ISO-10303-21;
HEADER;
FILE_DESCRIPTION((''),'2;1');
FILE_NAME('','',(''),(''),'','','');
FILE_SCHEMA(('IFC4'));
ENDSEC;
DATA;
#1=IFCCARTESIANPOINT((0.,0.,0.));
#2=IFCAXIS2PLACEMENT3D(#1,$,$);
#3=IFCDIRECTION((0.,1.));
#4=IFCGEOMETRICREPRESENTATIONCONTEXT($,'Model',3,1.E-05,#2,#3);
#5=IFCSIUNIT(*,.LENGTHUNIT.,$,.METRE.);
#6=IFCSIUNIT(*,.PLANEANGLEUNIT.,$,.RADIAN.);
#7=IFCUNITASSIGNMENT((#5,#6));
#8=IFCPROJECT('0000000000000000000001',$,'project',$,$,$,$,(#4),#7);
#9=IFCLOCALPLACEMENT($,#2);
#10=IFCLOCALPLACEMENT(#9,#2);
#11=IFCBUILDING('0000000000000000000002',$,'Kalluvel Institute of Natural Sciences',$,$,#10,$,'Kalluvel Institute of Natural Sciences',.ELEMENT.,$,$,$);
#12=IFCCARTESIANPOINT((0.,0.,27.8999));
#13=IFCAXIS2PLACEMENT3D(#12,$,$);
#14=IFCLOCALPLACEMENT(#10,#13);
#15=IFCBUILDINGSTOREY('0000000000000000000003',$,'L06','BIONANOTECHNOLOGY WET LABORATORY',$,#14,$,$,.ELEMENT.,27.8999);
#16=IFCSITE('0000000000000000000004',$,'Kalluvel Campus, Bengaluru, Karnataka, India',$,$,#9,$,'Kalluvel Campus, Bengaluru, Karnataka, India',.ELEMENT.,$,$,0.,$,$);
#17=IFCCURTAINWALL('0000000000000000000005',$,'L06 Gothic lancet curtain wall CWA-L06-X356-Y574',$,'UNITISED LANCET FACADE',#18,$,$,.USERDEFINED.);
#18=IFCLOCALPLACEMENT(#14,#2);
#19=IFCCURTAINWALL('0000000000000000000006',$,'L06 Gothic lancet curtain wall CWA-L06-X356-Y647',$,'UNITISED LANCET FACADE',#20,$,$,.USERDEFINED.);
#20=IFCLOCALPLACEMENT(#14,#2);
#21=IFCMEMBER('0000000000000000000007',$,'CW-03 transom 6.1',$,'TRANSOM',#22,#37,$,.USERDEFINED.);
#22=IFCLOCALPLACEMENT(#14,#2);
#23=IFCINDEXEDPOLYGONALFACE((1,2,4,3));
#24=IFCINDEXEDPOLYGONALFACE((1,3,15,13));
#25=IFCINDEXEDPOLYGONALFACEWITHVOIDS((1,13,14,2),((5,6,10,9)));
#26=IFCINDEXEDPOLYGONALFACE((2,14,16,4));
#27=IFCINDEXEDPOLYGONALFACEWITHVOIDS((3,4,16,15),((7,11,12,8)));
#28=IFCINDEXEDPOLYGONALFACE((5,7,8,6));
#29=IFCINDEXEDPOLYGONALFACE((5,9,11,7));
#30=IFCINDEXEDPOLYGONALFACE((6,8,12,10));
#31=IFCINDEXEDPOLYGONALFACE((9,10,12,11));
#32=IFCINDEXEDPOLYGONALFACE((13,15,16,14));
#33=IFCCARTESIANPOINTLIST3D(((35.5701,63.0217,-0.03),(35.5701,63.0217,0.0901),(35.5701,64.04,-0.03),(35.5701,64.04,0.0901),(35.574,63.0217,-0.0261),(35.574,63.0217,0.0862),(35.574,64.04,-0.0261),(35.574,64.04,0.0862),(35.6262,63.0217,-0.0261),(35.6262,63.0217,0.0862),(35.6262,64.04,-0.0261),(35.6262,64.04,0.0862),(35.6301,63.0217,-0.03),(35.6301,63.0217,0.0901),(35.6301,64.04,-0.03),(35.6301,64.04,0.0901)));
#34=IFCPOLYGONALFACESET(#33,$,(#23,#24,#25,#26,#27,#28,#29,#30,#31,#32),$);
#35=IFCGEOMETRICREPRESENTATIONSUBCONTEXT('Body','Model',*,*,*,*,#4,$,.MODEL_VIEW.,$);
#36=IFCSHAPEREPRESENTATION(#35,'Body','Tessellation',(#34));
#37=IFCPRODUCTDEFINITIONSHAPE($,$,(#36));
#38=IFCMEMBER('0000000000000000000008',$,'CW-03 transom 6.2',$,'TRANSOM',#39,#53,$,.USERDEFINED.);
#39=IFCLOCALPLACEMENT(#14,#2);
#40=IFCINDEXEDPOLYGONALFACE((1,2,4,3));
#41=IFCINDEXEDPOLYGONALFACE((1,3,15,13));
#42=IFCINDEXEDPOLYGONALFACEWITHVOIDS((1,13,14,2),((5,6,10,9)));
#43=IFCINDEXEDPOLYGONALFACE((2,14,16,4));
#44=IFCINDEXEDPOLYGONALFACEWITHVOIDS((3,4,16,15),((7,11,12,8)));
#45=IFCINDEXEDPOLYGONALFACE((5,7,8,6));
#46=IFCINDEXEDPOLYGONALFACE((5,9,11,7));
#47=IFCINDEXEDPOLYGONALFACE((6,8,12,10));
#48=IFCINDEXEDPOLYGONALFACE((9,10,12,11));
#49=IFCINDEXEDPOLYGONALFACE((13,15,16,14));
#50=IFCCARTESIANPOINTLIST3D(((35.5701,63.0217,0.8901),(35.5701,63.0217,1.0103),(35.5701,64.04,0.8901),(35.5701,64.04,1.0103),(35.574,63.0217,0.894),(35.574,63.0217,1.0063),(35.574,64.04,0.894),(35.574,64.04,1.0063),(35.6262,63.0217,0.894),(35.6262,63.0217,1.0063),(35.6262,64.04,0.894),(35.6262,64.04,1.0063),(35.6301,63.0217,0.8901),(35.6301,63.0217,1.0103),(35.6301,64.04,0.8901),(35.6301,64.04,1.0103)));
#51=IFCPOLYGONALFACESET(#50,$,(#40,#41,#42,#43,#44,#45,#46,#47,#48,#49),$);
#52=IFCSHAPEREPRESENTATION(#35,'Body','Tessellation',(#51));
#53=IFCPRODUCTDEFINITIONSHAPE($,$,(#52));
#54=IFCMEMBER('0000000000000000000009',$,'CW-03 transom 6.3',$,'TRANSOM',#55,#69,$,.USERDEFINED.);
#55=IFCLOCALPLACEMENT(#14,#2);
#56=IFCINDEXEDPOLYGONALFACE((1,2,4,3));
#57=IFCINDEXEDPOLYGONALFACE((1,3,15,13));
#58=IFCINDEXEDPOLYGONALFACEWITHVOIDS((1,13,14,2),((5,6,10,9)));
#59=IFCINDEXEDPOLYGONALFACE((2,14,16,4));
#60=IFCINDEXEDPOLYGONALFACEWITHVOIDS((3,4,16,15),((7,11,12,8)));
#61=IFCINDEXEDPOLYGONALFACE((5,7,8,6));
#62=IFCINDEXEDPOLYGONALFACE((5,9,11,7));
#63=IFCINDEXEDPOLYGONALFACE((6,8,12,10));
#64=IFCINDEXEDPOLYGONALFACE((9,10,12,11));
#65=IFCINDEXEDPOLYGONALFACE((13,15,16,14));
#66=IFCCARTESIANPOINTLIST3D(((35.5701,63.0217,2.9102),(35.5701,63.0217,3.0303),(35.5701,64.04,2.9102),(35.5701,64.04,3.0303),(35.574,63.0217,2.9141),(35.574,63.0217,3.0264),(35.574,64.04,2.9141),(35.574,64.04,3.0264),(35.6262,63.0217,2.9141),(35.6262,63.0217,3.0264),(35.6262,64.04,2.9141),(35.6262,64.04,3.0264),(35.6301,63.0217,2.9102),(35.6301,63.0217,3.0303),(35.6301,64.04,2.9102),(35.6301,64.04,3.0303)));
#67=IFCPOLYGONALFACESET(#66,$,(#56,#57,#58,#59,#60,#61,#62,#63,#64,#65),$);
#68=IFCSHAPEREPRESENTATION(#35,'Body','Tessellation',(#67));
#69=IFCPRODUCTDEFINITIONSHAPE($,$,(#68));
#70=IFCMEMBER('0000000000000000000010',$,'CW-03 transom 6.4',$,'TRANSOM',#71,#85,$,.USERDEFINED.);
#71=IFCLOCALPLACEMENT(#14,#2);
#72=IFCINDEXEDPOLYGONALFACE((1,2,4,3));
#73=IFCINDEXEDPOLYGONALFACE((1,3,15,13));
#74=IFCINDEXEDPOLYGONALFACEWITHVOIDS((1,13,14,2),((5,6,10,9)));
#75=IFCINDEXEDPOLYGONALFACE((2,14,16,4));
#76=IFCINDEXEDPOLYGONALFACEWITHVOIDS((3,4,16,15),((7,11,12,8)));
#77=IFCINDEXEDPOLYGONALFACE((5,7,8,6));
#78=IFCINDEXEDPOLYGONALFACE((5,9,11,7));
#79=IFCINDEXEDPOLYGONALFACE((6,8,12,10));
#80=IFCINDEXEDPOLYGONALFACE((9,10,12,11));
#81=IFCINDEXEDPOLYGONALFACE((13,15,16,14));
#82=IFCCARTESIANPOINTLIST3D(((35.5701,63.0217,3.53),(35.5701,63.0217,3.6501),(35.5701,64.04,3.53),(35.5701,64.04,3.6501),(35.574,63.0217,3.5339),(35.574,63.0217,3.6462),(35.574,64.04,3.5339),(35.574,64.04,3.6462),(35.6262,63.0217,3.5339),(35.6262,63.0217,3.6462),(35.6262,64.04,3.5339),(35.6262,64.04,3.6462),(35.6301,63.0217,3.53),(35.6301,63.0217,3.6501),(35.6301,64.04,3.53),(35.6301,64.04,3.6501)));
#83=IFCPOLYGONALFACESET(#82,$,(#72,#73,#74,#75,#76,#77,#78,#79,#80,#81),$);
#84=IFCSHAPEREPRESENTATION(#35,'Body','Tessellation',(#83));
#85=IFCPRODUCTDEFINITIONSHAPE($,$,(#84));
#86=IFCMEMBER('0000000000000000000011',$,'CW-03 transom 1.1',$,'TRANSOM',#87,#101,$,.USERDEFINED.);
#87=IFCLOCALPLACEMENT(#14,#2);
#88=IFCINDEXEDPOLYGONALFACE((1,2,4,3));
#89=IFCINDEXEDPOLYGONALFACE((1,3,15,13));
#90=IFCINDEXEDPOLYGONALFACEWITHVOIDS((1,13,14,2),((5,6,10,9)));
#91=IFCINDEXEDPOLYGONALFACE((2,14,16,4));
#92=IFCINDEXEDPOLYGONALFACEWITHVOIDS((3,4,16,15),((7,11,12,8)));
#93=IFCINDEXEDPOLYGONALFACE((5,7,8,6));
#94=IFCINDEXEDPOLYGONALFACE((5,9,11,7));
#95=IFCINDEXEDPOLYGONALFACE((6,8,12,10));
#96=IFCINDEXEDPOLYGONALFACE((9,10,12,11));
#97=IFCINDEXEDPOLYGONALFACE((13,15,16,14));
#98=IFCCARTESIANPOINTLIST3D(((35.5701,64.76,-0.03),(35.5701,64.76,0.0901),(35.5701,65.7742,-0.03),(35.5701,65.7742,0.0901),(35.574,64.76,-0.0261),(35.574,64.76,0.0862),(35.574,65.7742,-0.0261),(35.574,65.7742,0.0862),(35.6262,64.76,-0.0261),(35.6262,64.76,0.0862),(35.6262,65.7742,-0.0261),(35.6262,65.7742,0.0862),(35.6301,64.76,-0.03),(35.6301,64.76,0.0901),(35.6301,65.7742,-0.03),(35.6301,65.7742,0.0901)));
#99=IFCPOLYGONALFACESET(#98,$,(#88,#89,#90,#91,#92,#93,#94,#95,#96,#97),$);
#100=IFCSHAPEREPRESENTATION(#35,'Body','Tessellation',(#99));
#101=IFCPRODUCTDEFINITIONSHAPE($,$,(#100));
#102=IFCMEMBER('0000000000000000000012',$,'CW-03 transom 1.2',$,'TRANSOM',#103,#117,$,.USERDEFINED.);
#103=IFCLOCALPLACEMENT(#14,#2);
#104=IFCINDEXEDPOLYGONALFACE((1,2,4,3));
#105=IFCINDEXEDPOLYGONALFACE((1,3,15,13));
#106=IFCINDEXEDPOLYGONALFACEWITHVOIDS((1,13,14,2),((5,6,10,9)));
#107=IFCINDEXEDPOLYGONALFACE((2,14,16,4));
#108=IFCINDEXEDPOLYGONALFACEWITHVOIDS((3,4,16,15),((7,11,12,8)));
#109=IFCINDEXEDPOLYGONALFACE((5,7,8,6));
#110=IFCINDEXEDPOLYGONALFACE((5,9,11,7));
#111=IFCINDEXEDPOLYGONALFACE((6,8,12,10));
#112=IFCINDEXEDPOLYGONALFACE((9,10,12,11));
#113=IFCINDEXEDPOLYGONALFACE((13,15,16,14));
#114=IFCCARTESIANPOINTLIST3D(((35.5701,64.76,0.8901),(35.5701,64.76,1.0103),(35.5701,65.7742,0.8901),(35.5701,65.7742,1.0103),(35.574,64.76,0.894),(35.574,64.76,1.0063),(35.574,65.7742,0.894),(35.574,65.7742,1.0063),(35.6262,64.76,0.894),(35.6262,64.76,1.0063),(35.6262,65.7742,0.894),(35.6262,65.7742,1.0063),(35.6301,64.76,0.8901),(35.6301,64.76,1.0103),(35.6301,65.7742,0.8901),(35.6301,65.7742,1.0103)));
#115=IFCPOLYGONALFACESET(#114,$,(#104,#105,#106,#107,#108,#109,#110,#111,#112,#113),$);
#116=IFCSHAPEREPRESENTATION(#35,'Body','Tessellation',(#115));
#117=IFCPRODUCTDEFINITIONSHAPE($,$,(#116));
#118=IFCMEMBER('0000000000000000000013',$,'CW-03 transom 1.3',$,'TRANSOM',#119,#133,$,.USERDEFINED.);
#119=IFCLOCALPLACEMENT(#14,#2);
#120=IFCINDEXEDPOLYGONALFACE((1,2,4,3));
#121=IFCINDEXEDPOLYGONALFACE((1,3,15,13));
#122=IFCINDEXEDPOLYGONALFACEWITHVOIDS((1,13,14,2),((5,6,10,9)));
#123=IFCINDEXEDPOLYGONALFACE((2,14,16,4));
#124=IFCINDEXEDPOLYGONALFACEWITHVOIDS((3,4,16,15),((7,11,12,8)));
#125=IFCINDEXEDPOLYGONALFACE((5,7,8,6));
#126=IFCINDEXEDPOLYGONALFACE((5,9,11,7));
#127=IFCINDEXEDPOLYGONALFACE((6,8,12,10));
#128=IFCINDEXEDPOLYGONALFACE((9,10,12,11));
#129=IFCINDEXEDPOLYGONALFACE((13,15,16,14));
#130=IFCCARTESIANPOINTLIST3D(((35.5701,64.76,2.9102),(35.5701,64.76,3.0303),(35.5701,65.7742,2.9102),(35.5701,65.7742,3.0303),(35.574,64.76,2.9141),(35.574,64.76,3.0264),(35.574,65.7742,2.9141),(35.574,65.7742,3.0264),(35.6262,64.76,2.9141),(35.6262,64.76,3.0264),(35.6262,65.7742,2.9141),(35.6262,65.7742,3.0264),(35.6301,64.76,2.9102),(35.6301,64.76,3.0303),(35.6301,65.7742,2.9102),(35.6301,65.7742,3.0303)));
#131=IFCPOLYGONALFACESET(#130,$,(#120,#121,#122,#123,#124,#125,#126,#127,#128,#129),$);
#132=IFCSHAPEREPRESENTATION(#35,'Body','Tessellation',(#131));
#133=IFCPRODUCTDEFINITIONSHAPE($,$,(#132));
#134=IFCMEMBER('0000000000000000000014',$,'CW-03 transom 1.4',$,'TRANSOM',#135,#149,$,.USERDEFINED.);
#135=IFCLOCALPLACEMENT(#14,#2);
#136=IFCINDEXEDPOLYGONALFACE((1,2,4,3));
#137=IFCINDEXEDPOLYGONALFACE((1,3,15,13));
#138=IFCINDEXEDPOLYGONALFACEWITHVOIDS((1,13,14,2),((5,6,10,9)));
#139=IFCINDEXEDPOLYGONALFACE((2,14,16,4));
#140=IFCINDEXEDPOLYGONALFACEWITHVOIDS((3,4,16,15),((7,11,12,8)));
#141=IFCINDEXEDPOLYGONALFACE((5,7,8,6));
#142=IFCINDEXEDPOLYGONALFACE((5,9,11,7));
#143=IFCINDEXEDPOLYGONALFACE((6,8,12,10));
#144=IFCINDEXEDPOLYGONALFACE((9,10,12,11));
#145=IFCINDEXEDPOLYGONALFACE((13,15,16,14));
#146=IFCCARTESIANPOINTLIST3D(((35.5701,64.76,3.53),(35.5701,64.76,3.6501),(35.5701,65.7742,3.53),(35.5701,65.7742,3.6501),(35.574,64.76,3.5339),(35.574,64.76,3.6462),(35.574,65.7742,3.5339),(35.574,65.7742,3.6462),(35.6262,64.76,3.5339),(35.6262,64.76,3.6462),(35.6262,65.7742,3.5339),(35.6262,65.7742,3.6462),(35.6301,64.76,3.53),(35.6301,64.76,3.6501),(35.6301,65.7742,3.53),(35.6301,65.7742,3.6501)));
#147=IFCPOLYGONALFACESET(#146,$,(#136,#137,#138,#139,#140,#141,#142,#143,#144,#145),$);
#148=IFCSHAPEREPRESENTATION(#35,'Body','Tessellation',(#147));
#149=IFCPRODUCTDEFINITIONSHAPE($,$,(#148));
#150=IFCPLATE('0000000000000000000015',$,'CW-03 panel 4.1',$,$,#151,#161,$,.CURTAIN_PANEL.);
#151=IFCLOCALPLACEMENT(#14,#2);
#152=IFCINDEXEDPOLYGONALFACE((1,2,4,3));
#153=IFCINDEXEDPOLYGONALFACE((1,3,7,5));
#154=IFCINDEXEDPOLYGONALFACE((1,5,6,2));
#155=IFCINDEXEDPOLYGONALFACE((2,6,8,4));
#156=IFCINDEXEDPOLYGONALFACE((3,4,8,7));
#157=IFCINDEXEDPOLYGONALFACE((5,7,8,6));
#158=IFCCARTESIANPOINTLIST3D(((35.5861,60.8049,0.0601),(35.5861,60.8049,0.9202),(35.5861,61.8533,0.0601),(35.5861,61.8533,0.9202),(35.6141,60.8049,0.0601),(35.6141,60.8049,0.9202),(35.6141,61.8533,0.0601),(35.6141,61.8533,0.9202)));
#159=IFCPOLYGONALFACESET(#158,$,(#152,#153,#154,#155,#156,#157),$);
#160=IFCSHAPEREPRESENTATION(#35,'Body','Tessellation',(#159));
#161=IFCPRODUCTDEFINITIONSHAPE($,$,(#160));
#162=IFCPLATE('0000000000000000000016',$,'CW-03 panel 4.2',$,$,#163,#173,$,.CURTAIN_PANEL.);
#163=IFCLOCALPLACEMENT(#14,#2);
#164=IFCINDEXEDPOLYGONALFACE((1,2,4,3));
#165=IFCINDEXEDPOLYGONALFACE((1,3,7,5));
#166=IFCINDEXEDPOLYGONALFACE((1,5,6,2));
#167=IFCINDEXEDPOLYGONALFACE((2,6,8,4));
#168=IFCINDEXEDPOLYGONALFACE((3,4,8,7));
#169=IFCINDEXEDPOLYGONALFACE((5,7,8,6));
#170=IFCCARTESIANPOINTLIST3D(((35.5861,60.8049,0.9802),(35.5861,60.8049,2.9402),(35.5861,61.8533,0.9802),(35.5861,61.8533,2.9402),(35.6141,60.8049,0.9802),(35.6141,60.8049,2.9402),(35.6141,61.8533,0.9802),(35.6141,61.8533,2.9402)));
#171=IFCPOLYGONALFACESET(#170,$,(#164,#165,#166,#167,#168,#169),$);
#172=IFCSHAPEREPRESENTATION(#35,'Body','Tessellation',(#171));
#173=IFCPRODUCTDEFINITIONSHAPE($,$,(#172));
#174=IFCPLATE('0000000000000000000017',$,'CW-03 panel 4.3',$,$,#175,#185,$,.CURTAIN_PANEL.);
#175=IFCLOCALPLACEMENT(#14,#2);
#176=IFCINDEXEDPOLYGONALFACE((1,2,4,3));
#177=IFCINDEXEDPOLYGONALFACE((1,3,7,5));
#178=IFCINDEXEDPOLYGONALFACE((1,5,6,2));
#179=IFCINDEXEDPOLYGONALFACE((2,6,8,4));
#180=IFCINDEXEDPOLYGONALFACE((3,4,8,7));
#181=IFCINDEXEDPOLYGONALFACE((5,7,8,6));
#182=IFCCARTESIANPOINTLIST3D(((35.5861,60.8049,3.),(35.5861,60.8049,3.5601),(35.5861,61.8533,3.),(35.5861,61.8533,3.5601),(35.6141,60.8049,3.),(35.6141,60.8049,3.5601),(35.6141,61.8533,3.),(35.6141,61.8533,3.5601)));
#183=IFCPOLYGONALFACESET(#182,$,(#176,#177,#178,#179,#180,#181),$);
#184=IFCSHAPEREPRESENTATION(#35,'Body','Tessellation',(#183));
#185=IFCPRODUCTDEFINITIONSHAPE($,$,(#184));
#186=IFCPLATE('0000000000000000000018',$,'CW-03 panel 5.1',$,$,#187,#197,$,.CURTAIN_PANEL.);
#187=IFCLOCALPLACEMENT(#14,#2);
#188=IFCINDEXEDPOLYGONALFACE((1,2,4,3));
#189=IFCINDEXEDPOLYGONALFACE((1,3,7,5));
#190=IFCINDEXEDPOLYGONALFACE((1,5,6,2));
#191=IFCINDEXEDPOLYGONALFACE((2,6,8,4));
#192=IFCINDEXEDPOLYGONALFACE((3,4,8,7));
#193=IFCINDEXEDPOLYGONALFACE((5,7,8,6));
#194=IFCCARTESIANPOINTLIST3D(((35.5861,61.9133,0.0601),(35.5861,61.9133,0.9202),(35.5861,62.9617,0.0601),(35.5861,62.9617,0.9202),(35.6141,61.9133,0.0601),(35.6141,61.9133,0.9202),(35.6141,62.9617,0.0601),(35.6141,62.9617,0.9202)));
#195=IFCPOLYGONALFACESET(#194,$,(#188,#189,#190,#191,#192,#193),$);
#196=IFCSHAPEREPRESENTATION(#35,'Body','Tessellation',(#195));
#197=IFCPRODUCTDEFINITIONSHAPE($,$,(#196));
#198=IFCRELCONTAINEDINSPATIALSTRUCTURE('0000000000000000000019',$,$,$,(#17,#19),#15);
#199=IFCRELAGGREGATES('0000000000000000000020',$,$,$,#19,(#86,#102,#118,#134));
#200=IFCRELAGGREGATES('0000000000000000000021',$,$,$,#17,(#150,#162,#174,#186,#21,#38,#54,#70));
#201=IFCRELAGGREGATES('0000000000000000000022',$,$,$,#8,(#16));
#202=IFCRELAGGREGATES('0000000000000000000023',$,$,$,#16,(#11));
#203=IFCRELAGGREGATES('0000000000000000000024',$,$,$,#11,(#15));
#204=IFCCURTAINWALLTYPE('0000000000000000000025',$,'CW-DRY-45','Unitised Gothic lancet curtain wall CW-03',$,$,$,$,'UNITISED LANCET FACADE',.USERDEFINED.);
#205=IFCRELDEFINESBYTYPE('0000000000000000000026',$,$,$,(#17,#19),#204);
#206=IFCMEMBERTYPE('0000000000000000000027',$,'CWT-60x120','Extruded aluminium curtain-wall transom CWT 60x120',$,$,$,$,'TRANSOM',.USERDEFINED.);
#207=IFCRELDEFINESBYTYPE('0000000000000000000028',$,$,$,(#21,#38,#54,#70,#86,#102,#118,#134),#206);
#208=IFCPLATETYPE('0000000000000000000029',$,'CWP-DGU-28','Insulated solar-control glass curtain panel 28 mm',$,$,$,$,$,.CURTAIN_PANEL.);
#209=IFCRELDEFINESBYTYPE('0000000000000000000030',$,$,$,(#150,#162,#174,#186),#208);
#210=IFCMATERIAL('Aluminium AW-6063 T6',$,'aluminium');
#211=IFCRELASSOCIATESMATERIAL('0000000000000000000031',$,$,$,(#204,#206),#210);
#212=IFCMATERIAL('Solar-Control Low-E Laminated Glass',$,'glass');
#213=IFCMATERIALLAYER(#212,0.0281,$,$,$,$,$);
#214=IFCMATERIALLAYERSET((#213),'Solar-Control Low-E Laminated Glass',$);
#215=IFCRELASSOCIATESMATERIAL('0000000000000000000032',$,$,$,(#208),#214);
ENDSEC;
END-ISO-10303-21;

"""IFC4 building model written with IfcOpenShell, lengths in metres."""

from ifc_helpers import new_model, si_unit, direction, frame, origin, origin_2d, place, context, subcontext, project, spatial, rectangle, hollow_rectangle, extrude, material, layer, layer_set, material_profile, profile_set, type_object, element, aggregate, save


model = new_model("IFC4")

# Units and contexts
model_context = context("Model", 3, precision=1e-05, world=origin(), true_north=direction((0.0, 1.0)))
body_context = subcontext(model_context, "Body", "Model", "MODEL_VIEW")
ifc_project = project(units=[si_unit("LENGTHUNIT", "METRE"), si_unit("PLANEANGLEUNIT", "RADIAN")], contexts=[model_context])

# Site, building, storey
site_placement = place(None, origin())
site = spatial("IfcSite", under=ifc_project, at=site_placement, Name="Kalluvel Campus, Bengaluru, Karnataka, India", LongName="Kalluvel Campus, Bengaluru, Karnataka, India", CompositionType="ELEMENT", RefElevation=0.0)
building_placement = place(site_placement, origin())
building = spatial("IfcBuilding", under=site, at=building_placement, Name="Kalluvel Institute of Natural Sciences", LongName="Kalluvel Institute of Natural Sciences", CompositionType="ELEMENT")
storey_placement = place(building_placement, frame((0.0, 0.0, 27.8999)))
storey = spatial("IfcBuildingStorey", under=building, at=storey_placement, Name="L06", Description="BIONANOTECHNOLOGY WET LABORATORY", CompositionType="ELEMENT", Elevation=27.8999)

# Curtain wall
ifc_material_1 = material(Name="Aluminium AW-6063 T6", Category="aluminium")
curtain_wall_type = type_object("IfcCurtainWallType", Name="CW-DRY-45", Description="Unitised Gothic lancet curtain wall CW-03", ElementType="UNITISED LANCET FACADE", PredefinedType="USERDEFINED", material=ifc_material_1)
curtain_wall_1_placement = place(storey_placement, origin())
curtain_wall_1 = element("IfcCurtainWall", 1, at=curtain_wall_1_placement, inside=storey, type_object=curtain_wall_type, Name="L06 Gothic lancet curtain wall CWA-L06-X356-Y574", ObjectType="UNITISED LANCET FACADE", PredefinedType="USERDEFINED")

# Curtain wall
curtain_wall_2_placement = place(storey_placement, origin())
curtain_wall_2 = element("IfcCurtainWall", 2, at=curtain_wall_2_placement, inside=storey, type_object=curtain_wall_type, Name="L06 Gothic lancet curtain wall CWA-L06-X356-Y647", ObjectType="UNITISED LANCET FACADE", PredefinedType="USERDEFINED")

# Members
ifc_material_profile_1 = material_profile(ifc_material_1, hollow_rectangle(XDim=0.0601, YDim=0.1201, WallThickness=0.0039, at=origin_2d()), Name="CWT 60x120")
ifc_profile_set_1 = profile_set([ifc_material_profile_1], Name="Aluminium AW-6063 T6")
member_type_1 = type_object("IfcMemberType", Name="CWT-60x120", Description="Extruded aluminium curtain-wall transom CWT 60x120", ElementType="TRANSOM", PredefinedType="USERDEFINED", material=ifc_profile_set_1)
member_1_placement = place(storey_placement, frame((35.6001, 63.0217, 0.03), z_axis=(0.0, 1.0, 0.0), x_axis=(-1.0, 0.0, 0.0)))
member_1 = element("IfcMember", 3, at=member_1_placement, type_object=member_type_1, Name="CW-03 transom 6.1", ObjectType="TRANSOM", PredefinedType="USERDEFINED", context=body_context, shape_type="SweptSolid", body=[
    extrude(hollow_rectangle(XDim=0.0601, YDim=0.1201, WallThickness=0.0039, at=origin_2d()), origin(), (0.0, 0.0, 1.0), 1.0183),
])
member_2_placement = place(storey_placement, frame((35.6001, 63.0217, 0.9502), z_axis=(0.0, 1.0, 0.0), x_axis=(-1.0, 0.0, 0.0)))
member_2 = element("IfcMember", 4, at=member_2_placement, type_object=member_type_1, Name="CW-03 transom 6.2", ObjectType="TRANSOM", PredefinedType="USERDEFINED", context=body_context, shape_type="SweptSolid", body=[
    extrude(hollow_rectangle(XDim=0.0601, YDim=0.1201, WallThickness=0.0039, at=origin_2d()), origin(), (0.0, 0.0, 1.0), 1.0183),
])
member_3_placement = place(storey_placement, frame((35.6001, 63.0217, 2.9702), z_axis=(0.0, 1.0, 0.0), x_axis=(-1.0, 0.0, 0.0)))
member_3 = element("IfcMember", 5, at=member_3_placement, type_object=member_type_1, Name="CW-03 transom 6.3", ObjectType="TRANSOM", PredefinedType="USERDEFINED", context=body_context, shape_type="SweptSolid", body=[
    extrude(hollow_rectangle(XDim=0.0601, YDim=0.1201, WallThickness=0.0039, at=origin_2d()), origin(), (0.0, 0.0, 1.0), 1.0183),
])
member_4_placement = place(storey_placement, frame((35.6001, 63.0217, 3.5901), z_axis=(0.0, 1.0, 0.0), x_axis=(-1.0, 0.0, 0.0)))
member_4 = element("IfcMember", 6, at=member_4_placement, type_object=member_type_1, Name="CW-03 transom 6.4", ObjectType="TRANSOM", PredefinedType="USERDEFINED", context=body_context, shape_type="SweptSolid", body=[
    extrude(hollow_rectangle(XDim=0.0601, YDim=0.1201, WallThickness=0.0039, at=origin_2d()), origin(), (0.0, 0.0, 1.0), 1.0183),
])
member_5_placement = place(storey_placement, frame((35.6001, 64.76, 0.03), z_axis=(0.0, 1.0, 0.0), x_axis=(-1.0, 0.0, 0.0)))
member_5 = element("IfcMember", 7, at=member_5_placement, type_object=member_type_1, Name="CW-03 transom 1.1", ObjectType="TRANSOM", PredefinedType="USERDEFINED", context=body_context, shape_type="SweptSolid", body=[
    extrude(hollow_rectangle(XDim=0.0601, YDim=0.1201, WallThickness=0.0039, at=origin_2d()), origin(), (0.0, 0.0, 1.0), 1.0142),
])
member_6_placement = place(storey_placement, frame((35.6001, 64.76, 0.9502), z_axis=(0.0, 1.0, 0.0), x_axis=(-1.0, 0.0, 0.0)))
member_6 = element("IfcMember", 8, at=member_6_placement, type_object=member_type_1, Name="CW-03 transom 1.2", ObjectType="TRANSOM", PredefinedType="USERDEFINED", context=body_context, shape_type="SweptSolid", body=[
    extrude(hollow_rectangle(XDim=0.0601, YDim=0.1201, WallThickness=0.0039, at=origin_2d()), origin(), (0.0, 0.0, 1.0), 1.0142),
])
member_7_placement = place(storey_placement, frame((35.6001, 64.76, 2.9702), z_axis=(0.0, 1.0, 0.0), x_axis=(-1.0, 0.0, 0.0)))
member_7 = element("IfcMember", 9, at=member_7_placement, type_object=member_type_1, Name="CW-03 transom 1.3", ObjectType="TRANSOM", PredefinedType="USERDEFINED", context=body_context, shape_type="SweptSolid", body=[
    extrude(hollow_rectangle(XDim=0.0601, YDim=0.1201, WallThickness=0.0039, at=origin_2d()), origin(), (0.0, 0.0, 1.0), 1.0142),
])
member_8_placement = place(storey_placement, frame((35.6001, 64.76, 3.5901), z_axis=(0.0, 1.0, 0.0), x_axis=(-1.0, 0.0, 0.0)))
member_8 = element("IfcMember", 10, at=member_8_placement, type_object=member_type_1, Name="CW-03 transom 1.4", ObjectType="TRANSOM", PredefinedType="USERDEFINED", context=body_context, shape_type="SweptSolid", body=[
    extrude(hollow_rectangle(XDim=0.0601, YDim=0.1201, WallThickness=0.0039, at=origin_2d()), origin(), (0.0, 0.0, 1.0), 1.0142),
])
aggregate(curtain_wall_2, [member_5, member_6, member_7, member_8])

# Plates
ifc_material_2 = material(Name="Solar-Control Low-E Laminated Glass", Category="glass")
ifc_layer = layer(ifc_material_2, 0.0281)
ifc_layer_set = layer_set([ifc_layer], Name="Solar-Control Low-E Laminated Glass")
plate_type = type_object("IfcPlateType", Name="CWP-DGU-28", Description="Insulated solar-control glass curtain panel 28 mm", PredefinedType="CURTAIN_PANEL", material=ifc_layer_set)
plate_1_placement = place(storey_placement, frame((35.6001, 61.3291, 0.0601), z_axis=(0.0, 0.0, 1.0), x_axis=(0.0, 1.0, 0.0)))
plate_1 = element("IfcPlate", 11, at=plate_1_placement, type_object=plate_type, Name="CW-03 panel 4.1", PredefinedType="CURTAIN_PANEL", context=body_context, shape_type="SweptSolid", body=[
    extrude(rectangle(XDim=1.0483, YDim=0.0281, at=origin_2d()), origin(), (0.0, 0.0, 1.0), 0.8601),
])
plate_2_placement = place(storey_placement, frame((35.6001, 61.3291, 0.9802), z_axis=(0.0, 0.0, 1.0), x_axis=(0.0, 1.0, 0.0)))
plate_2 = element("IfcPlate", 12, at=plate_2_placement, type_object=plate_type, Name="CW-03 panel 4.2", PredefinedType="CURTAIN_PANEL", context=body_context, shape_type="SweptSolid", body=[
    extrude(rectangle(XDim=1.0483, YDim=0.0281, at=origin_2d()), origin(), (0.0, 0.0, 1.0), 1.96),
])
plate_3_placement = place(storey_placement, frame((35.6001, 61.3291, 3.0), z_axis=(0.0, 0.0, 1.0), x_axis=(0.0, 1.0, 0.0)))
plate_3 = element("IfcPlate", 13, at=plate_3_placement, type_object=plate_type, Name="CW-03 panel 4.3", PredefinedType="CURTAIN_PANEL", context=body_context, shape_type="SweptSolid", body=[
    extrude(rectangle(XDim=1.0483, YDim=0.0281, at=origin_2d()), origin(), (0.0, 0.0, 1.0), 0.5601),
])
plate_4_placement = place(storey_placement, frame((35.6001, 62.4375, 0.0601), z_axis=(0.0, 0.0, 1.0), x_axis=(0.0, 1.0, 0.0)))
plate_4 = element("IfcPlate", 14, at=plate_4_placement, type_object=plate_type, Name="CW-03 panel 5.1", PredefinedType="CURTAIN_PANEL", context=body_context, shape_type="SweptSolid", body=[
    extrude(rectangle(XDim=1.0483, YDim=0.0281, at=origin_2d()), origin(), (0.0, 0.0, 1.0), 0.8601),
])
aggregate(curtain_wall_1, [plate_1, plate_2, plate_3, plate_4, member_1, member_2, member_3, member_4])

save(model, "model.ifc")
